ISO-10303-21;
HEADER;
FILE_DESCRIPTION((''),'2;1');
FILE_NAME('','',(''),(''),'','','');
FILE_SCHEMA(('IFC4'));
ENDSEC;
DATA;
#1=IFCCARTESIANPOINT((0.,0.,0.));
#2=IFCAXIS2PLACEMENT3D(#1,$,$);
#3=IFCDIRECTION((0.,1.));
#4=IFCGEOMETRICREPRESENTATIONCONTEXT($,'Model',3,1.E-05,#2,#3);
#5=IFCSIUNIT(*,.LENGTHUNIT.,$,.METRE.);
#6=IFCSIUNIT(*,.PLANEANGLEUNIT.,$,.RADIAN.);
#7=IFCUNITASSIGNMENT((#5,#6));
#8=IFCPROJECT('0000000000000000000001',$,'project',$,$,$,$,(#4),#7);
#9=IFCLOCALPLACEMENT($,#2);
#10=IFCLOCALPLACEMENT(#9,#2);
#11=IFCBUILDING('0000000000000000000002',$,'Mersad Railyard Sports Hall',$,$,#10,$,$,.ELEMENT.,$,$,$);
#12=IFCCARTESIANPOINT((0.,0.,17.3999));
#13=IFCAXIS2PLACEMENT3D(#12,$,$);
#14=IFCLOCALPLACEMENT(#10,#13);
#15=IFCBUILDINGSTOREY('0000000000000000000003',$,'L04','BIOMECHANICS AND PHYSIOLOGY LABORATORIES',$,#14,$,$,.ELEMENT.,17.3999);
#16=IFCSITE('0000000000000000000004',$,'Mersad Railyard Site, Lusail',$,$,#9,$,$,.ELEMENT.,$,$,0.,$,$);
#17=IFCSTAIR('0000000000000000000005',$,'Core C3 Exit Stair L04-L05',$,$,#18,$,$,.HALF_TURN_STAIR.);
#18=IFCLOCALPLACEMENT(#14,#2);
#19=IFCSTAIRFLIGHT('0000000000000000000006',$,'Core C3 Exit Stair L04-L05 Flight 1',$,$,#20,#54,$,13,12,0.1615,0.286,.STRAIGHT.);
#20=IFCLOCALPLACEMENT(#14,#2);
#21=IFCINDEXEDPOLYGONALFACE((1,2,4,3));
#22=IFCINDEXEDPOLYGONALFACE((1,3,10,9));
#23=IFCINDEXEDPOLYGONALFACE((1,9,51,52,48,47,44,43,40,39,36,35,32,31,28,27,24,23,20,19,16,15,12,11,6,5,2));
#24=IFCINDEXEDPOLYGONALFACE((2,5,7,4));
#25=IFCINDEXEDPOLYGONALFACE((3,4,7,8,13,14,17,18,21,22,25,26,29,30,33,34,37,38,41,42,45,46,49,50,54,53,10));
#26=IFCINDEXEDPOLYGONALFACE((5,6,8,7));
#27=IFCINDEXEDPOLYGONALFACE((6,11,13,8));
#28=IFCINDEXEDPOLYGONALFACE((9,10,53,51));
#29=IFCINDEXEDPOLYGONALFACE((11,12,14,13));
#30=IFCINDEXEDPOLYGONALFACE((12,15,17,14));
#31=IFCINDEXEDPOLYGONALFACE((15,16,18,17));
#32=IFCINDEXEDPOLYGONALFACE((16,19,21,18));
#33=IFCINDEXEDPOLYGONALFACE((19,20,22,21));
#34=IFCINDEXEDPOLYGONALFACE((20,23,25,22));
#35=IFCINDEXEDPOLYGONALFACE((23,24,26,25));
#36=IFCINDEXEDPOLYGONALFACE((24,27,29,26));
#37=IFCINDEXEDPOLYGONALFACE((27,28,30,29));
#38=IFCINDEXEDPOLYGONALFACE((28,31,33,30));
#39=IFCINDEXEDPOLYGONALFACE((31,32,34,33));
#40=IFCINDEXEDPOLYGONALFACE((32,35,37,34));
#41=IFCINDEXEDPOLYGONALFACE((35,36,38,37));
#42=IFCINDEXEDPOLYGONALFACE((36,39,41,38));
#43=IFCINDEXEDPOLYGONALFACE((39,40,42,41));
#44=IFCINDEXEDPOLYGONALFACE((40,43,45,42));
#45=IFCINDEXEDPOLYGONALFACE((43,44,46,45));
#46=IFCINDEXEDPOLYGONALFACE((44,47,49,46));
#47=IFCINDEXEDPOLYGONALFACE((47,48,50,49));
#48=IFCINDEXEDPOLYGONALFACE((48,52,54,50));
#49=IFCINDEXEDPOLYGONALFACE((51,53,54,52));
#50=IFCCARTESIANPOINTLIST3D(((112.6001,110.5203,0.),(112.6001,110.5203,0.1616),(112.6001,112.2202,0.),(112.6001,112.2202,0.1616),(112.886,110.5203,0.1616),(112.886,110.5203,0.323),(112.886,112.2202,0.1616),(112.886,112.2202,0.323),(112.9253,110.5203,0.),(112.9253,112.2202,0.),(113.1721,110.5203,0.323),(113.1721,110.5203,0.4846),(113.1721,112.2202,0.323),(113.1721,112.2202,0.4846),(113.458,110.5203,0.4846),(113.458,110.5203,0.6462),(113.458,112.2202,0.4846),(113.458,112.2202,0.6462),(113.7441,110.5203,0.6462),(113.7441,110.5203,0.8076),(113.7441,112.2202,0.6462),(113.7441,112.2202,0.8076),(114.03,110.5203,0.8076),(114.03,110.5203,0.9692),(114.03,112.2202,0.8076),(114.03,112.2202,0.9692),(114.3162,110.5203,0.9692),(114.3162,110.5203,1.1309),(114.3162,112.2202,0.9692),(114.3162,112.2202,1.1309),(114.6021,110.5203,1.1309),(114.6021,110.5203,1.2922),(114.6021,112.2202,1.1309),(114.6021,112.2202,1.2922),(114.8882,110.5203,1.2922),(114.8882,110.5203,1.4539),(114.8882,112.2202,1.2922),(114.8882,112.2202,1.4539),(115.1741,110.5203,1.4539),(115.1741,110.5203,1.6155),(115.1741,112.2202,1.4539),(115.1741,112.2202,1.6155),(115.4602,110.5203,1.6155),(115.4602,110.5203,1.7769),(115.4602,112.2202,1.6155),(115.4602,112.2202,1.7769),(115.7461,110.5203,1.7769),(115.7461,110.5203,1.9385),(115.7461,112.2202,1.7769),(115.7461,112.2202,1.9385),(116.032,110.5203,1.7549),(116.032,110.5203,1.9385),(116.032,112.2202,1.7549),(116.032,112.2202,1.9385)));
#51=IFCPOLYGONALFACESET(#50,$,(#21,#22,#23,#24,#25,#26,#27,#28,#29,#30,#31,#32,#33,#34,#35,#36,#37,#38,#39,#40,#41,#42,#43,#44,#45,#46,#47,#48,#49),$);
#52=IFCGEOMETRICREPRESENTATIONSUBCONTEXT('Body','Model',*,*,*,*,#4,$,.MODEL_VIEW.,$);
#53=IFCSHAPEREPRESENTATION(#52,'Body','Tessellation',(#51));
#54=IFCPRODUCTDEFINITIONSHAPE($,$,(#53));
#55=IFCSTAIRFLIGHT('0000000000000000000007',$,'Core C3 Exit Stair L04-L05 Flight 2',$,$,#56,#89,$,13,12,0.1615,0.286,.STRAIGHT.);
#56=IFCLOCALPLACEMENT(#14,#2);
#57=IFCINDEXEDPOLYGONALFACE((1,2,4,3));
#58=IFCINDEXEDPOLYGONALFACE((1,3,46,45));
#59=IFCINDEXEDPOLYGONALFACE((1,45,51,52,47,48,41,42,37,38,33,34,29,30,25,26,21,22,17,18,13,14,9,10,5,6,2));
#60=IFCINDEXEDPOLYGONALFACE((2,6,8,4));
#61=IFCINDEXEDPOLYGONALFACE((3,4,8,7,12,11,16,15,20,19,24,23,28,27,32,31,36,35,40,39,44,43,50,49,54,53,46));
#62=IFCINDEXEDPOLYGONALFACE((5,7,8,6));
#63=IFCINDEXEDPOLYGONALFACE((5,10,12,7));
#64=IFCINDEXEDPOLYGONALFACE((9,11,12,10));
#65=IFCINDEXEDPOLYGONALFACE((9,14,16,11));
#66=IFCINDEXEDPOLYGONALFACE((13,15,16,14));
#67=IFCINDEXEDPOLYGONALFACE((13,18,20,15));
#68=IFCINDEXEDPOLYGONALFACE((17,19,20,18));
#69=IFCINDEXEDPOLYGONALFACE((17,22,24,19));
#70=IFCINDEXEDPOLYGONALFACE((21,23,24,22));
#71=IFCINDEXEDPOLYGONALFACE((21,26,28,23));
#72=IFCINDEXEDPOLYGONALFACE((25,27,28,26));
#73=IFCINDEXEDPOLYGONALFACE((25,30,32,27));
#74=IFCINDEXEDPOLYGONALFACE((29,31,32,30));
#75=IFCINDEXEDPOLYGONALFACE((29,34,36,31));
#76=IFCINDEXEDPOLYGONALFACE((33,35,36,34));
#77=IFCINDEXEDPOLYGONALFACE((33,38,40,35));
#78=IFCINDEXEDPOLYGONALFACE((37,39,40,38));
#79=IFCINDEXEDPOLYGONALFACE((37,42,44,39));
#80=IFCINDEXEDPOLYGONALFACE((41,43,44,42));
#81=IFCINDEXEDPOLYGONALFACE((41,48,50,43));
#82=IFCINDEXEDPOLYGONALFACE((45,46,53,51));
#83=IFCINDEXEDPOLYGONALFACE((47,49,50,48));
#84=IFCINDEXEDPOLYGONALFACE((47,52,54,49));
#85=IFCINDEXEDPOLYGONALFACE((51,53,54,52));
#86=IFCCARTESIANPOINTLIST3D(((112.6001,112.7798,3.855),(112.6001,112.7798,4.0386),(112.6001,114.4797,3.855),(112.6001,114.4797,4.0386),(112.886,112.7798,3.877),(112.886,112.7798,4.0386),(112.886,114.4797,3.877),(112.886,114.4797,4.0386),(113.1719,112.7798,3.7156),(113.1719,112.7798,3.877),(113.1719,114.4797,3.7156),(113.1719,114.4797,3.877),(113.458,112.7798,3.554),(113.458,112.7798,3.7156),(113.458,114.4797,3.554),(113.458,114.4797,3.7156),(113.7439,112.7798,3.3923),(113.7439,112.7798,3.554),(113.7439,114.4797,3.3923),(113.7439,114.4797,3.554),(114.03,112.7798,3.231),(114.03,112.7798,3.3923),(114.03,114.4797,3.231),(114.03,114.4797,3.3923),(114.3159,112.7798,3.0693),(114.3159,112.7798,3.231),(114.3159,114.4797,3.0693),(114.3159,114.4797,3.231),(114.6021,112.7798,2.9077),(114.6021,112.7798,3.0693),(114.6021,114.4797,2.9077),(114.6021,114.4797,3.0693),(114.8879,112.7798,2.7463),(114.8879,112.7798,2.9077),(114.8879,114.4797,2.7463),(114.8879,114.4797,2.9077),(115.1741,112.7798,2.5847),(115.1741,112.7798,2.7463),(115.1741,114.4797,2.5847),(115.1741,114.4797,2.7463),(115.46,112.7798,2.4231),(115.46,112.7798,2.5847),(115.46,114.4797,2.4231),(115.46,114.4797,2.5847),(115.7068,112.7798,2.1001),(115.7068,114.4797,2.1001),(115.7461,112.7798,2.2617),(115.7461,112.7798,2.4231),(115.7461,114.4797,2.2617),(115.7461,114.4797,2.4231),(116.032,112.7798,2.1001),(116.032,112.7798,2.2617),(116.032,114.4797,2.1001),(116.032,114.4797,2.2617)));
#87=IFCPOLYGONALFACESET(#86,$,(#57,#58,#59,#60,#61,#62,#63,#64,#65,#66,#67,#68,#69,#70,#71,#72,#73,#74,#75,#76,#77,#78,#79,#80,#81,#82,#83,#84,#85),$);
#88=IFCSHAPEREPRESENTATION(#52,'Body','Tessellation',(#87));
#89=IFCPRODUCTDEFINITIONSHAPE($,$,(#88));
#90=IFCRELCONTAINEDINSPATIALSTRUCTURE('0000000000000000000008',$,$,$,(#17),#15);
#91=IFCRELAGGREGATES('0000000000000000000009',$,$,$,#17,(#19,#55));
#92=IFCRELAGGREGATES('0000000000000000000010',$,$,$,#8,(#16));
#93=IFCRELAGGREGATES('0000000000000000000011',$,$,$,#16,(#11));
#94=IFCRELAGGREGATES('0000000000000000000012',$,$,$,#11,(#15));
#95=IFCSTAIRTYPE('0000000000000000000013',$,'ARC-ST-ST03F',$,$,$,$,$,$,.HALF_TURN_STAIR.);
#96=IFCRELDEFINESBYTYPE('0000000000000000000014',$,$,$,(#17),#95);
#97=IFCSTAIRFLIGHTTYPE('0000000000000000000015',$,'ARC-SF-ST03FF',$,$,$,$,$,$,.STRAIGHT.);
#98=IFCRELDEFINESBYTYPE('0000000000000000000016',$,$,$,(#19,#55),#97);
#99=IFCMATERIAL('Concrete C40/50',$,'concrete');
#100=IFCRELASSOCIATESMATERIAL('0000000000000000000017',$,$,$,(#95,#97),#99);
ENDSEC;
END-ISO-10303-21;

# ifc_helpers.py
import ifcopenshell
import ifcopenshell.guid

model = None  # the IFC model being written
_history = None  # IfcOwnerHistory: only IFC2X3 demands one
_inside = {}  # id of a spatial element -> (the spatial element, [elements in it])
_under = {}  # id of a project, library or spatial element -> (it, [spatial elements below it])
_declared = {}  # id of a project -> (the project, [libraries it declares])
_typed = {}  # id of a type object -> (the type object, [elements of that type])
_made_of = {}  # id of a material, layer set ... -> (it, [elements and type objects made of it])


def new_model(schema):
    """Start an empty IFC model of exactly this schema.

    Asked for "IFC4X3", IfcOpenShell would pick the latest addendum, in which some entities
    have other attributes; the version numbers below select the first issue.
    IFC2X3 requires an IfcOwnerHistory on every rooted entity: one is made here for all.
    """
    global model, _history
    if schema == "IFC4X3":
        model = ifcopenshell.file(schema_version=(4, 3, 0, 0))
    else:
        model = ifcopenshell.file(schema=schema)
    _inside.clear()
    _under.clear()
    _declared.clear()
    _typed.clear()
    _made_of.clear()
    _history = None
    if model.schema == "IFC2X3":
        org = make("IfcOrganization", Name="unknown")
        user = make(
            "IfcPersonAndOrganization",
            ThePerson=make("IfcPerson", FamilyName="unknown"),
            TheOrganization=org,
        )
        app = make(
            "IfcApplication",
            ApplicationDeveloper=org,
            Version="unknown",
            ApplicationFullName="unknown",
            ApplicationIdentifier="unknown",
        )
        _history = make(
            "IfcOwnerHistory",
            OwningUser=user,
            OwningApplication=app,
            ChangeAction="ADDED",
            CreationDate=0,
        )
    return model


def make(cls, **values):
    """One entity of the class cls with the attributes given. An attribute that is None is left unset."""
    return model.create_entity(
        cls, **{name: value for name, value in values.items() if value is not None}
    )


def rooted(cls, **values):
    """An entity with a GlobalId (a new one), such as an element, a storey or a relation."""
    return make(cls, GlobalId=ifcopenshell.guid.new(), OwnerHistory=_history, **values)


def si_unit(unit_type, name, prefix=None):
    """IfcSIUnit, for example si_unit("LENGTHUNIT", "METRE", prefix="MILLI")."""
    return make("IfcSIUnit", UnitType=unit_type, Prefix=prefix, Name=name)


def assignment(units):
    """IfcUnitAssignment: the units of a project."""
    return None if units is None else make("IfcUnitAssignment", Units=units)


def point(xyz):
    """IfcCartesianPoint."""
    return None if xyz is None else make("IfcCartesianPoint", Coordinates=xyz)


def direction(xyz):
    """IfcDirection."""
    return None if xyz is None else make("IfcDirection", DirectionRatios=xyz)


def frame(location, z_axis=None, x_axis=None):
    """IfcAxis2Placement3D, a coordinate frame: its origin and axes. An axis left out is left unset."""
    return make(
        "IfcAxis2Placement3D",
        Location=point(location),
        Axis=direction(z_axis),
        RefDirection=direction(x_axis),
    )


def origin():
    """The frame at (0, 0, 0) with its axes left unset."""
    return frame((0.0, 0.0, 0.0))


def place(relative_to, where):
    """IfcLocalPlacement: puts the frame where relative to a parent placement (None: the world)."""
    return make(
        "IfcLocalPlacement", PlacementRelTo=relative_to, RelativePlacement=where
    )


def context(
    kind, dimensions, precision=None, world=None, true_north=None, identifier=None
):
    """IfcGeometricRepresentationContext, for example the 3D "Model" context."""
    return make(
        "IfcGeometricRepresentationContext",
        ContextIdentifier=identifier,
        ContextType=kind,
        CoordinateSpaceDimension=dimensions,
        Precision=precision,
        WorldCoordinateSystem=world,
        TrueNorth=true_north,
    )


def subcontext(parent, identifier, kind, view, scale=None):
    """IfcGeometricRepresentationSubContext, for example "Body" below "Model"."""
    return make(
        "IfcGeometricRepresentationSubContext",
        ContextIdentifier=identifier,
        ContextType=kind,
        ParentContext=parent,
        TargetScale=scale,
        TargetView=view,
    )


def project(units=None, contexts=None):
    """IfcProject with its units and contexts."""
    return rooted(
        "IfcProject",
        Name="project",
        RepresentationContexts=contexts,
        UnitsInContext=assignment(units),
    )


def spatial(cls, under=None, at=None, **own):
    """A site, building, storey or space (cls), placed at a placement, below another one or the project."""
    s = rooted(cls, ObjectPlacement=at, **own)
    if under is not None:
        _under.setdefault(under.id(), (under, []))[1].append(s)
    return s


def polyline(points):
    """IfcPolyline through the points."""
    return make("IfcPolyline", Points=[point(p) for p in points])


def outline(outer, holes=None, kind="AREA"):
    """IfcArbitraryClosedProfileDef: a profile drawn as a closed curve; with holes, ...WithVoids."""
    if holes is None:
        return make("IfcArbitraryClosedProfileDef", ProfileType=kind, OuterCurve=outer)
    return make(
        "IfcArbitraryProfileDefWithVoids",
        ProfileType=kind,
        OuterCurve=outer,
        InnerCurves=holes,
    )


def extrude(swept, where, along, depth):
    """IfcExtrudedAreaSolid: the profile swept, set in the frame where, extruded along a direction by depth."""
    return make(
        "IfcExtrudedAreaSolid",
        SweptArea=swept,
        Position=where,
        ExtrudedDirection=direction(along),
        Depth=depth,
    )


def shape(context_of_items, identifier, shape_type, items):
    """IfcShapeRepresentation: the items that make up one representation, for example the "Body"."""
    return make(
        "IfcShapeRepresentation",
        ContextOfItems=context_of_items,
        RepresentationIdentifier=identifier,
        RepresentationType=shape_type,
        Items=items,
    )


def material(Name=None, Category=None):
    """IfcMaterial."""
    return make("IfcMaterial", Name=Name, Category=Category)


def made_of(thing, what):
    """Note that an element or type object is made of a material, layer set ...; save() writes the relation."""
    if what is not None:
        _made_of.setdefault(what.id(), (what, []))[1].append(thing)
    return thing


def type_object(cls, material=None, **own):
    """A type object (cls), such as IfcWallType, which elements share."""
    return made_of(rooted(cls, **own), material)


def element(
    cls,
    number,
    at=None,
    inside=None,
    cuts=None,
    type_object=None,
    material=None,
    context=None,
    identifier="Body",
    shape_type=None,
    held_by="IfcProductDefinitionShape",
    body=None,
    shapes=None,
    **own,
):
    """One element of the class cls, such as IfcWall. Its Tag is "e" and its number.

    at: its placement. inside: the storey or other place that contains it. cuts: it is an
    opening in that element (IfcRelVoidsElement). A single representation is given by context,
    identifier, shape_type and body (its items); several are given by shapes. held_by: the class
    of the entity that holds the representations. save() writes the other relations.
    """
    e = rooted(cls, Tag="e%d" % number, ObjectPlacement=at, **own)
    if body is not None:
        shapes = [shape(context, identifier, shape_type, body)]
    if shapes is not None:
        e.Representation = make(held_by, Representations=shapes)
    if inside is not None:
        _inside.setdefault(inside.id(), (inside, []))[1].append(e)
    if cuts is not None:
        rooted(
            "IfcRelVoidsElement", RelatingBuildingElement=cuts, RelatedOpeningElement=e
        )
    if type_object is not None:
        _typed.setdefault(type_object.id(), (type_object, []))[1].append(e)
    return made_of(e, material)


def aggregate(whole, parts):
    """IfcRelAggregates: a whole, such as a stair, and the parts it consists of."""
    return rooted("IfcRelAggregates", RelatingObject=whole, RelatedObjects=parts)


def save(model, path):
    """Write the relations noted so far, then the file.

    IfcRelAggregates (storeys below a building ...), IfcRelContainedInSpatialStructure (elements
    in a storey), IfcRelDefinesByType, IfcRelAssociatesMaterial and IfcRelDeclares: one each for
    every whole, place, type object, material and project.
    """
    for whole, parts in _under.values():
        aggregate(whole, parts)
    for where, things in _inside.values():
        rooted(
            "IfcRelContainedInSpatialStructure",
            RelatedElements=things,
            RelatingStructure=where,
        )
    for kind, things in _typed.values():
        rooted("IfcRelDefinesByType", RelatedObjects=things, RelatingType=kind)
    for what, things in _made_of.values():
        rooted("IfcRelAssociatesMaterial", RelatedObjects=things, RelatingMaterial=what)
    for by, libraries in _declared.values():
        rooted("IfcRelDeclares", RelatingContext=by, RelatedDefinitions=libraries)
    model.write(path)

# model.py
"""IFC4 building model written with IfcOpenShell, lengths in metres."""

from ifc_helpers import new_model, si_unit, direction, frame, origin, place, context, subcontext, project, spatial, polyline, outline, extrude, material, type_object, element, aggregate, save


model = new_model("IFC4")

# Units and contexts
model_context = context("Model", 3, precision=1e-05, world=origin(), true_north=direction((0.0, 1.0)))
body_context = subcontext(model_context, "Body", "Model", "MODEL_VIEW")
ifc_project = project(units=[si_unit("LENGTHUNIT", "METRE"), si_unit("PLANEANGLEUNIT", "RADIAN")], contexts=[model_context])

# Site, building, storey
site_placement = place(None, origin())
site = spatial("IfcSite", under=ifc_project, at=site_placement, Name="Mersad Railyard Site, Lusail", CompositionType="ELEMENT", RefElevation=0.0)
building_placement = place(site_placement, origin())
building = spatial("IfcBuilding", under=site, at=building_placement, Name="Mersad Railyard Sports Hall", CompositionType="ELEMENT")
storey_placement = place(building_placement, frame((0.0, 0.0, 17.3999)))
storey = spatial("IfcBuildingStorey", under=building, at=storey_placement, Name="L04", Description="BIOMECHANICS AND PHYSIOLOGY LABORATORIES", CompositionType="ELEMENT", Elevation=17.3999)

# Shared definitions
ifc_material_1 = material(Name="Concrete C40/50", Category="concrete")

# Stair, stair flights
stair_type = type_object("IfcStairType", Name="ARC-ST-ST03F", PredefinedType="HALF_TURN_STAIR", material=ifc_material_1)
stair_placement = place(storey_placement, origin())
stair = element("IfcStair", 1, at=stair_placement, inside=storey, type_object=stair_type, Name="Core C3 Exit Stair L04-L05", PredefinedType="HALF_TURN_STAIR")
stair_flight_type = type_object("IfcStairFlightType", Name="ARC-SF-ST03FF", PredefinedType="STRAIGHT", material=ifc_material_1)
stair_flight_1_placement = place(storey_placement, frame((112.6001, 111.3701, 0.0), z_axis=(0.0, 0.0, 1.0), x_axis=(1.0, 0.0, 0.0)))
stair_flight_1 = element("IfcStairFlight", 2, at=stair_flight_1_placement, type_object=stair_flight_type, Name="Core C3 Exit Stair L04-L05 Flight 1", NumberOfRisers=13, NumberOfTreads=12, PredefinedType="STRAIGHT", RiserHeight=0.1615, TreadLength=0.286, context=body_context, shape_type="SweptSolid", body=[
    extrude(outline(polyline([(0.0, 0.0), (0.0, 0.1616), (0.2859, 0.1616), (0.2859, 0.323), (0.572, 0.323), (0.572, 0.4846), (0.8579, 0.4846), (0.8579, 0.6462), (1.144, 0.6462), (1.144, 0.8076), (1.4299, 0.8076), (1.4299, 0.9692), (1.7161, 0.9692), (1.7161, 1.1309), (2.002, 1.1309), (2.002, 1.2922), (2.2881, 1.2922), (2.2881, 1.4539), (2.574, 1.4539), (2.574, 1.6155), (2.8601, 1.6155), (2.8601, 1.7769), (3.146, 1.7769), (3.146, 1.9385), (3.4319, 1.9385), (3.4319, 2.1001), (3.4319, 1.7549), (0.3252, 0.0), (0.0, 0.0)])), frame((0.0, 0.8501, 0.0), z_axis=(0.0, -1.0, 0.0), x_axis=(1.0, 0.0, 0.0)), (0.0, 0.0, 1.0), 1.7),
])
stair_flight_2_placement = place(storey_placement, frame((116.032, 113.6299, 2.1001), z_axis=(0.0, 0.0, 1.0), x_axis=(-1.0, 0.0, 0.0)))
stair_flight_2 = element("IfcStairFlight", 3, at=stair_flight_2_placement, type_object=stair_flight_type, Name="Core C3 Exit Stair L04-L05 Flight 2", NumberOfRisers=13, NumberOfTreads=12, PredefinedType="STRAIGHT", RiserHeight=0.1615, TreadLength=0.286, context=body_context, shape_type="SweptSolid", body=[
    extrude(outline(polyline([(0.0, 0.0), (0.0, 0.1616), (0.2859, 0.1616), (0.2859, 0.323), (0.572, 0.323), (0.572, 0.4846), (0.8579, 0.4846), (0.8579, 0.6462), (1.144, 0.6462), (1.144, 0.8076), (1.4299, 0.8076), (1.4299, 0.9692), (1.7161, 0.9692), (1.7161, 1.1309), (2.002, 1.1309), (2.002, 1.2922), (2.2881, 1.2922), (2.2881, 1.4539), (2.574, 1.4539), (2.574, 1.6155), (2.8601, 1.6155), (2.8601, 1.7769), (3.146, 1.7769), (3.146, 1.9385), (3.4319, 1.9385), (3.4319, 2.1001), (3.4319, 1.7549), (0.3252, 0.0), (0.0, 0.0)])), frame((0.0, 0.8501, 0.0), z_axis=(0.0, -1.0, 0.0), x_axis=(1.0, 0.0, 0.0)), (0.0, 0.0, 1.0), 1.7),
])
aggregate(stair, [stair_flight_1, stair_flight_2])

save(model, "model.ifc")
